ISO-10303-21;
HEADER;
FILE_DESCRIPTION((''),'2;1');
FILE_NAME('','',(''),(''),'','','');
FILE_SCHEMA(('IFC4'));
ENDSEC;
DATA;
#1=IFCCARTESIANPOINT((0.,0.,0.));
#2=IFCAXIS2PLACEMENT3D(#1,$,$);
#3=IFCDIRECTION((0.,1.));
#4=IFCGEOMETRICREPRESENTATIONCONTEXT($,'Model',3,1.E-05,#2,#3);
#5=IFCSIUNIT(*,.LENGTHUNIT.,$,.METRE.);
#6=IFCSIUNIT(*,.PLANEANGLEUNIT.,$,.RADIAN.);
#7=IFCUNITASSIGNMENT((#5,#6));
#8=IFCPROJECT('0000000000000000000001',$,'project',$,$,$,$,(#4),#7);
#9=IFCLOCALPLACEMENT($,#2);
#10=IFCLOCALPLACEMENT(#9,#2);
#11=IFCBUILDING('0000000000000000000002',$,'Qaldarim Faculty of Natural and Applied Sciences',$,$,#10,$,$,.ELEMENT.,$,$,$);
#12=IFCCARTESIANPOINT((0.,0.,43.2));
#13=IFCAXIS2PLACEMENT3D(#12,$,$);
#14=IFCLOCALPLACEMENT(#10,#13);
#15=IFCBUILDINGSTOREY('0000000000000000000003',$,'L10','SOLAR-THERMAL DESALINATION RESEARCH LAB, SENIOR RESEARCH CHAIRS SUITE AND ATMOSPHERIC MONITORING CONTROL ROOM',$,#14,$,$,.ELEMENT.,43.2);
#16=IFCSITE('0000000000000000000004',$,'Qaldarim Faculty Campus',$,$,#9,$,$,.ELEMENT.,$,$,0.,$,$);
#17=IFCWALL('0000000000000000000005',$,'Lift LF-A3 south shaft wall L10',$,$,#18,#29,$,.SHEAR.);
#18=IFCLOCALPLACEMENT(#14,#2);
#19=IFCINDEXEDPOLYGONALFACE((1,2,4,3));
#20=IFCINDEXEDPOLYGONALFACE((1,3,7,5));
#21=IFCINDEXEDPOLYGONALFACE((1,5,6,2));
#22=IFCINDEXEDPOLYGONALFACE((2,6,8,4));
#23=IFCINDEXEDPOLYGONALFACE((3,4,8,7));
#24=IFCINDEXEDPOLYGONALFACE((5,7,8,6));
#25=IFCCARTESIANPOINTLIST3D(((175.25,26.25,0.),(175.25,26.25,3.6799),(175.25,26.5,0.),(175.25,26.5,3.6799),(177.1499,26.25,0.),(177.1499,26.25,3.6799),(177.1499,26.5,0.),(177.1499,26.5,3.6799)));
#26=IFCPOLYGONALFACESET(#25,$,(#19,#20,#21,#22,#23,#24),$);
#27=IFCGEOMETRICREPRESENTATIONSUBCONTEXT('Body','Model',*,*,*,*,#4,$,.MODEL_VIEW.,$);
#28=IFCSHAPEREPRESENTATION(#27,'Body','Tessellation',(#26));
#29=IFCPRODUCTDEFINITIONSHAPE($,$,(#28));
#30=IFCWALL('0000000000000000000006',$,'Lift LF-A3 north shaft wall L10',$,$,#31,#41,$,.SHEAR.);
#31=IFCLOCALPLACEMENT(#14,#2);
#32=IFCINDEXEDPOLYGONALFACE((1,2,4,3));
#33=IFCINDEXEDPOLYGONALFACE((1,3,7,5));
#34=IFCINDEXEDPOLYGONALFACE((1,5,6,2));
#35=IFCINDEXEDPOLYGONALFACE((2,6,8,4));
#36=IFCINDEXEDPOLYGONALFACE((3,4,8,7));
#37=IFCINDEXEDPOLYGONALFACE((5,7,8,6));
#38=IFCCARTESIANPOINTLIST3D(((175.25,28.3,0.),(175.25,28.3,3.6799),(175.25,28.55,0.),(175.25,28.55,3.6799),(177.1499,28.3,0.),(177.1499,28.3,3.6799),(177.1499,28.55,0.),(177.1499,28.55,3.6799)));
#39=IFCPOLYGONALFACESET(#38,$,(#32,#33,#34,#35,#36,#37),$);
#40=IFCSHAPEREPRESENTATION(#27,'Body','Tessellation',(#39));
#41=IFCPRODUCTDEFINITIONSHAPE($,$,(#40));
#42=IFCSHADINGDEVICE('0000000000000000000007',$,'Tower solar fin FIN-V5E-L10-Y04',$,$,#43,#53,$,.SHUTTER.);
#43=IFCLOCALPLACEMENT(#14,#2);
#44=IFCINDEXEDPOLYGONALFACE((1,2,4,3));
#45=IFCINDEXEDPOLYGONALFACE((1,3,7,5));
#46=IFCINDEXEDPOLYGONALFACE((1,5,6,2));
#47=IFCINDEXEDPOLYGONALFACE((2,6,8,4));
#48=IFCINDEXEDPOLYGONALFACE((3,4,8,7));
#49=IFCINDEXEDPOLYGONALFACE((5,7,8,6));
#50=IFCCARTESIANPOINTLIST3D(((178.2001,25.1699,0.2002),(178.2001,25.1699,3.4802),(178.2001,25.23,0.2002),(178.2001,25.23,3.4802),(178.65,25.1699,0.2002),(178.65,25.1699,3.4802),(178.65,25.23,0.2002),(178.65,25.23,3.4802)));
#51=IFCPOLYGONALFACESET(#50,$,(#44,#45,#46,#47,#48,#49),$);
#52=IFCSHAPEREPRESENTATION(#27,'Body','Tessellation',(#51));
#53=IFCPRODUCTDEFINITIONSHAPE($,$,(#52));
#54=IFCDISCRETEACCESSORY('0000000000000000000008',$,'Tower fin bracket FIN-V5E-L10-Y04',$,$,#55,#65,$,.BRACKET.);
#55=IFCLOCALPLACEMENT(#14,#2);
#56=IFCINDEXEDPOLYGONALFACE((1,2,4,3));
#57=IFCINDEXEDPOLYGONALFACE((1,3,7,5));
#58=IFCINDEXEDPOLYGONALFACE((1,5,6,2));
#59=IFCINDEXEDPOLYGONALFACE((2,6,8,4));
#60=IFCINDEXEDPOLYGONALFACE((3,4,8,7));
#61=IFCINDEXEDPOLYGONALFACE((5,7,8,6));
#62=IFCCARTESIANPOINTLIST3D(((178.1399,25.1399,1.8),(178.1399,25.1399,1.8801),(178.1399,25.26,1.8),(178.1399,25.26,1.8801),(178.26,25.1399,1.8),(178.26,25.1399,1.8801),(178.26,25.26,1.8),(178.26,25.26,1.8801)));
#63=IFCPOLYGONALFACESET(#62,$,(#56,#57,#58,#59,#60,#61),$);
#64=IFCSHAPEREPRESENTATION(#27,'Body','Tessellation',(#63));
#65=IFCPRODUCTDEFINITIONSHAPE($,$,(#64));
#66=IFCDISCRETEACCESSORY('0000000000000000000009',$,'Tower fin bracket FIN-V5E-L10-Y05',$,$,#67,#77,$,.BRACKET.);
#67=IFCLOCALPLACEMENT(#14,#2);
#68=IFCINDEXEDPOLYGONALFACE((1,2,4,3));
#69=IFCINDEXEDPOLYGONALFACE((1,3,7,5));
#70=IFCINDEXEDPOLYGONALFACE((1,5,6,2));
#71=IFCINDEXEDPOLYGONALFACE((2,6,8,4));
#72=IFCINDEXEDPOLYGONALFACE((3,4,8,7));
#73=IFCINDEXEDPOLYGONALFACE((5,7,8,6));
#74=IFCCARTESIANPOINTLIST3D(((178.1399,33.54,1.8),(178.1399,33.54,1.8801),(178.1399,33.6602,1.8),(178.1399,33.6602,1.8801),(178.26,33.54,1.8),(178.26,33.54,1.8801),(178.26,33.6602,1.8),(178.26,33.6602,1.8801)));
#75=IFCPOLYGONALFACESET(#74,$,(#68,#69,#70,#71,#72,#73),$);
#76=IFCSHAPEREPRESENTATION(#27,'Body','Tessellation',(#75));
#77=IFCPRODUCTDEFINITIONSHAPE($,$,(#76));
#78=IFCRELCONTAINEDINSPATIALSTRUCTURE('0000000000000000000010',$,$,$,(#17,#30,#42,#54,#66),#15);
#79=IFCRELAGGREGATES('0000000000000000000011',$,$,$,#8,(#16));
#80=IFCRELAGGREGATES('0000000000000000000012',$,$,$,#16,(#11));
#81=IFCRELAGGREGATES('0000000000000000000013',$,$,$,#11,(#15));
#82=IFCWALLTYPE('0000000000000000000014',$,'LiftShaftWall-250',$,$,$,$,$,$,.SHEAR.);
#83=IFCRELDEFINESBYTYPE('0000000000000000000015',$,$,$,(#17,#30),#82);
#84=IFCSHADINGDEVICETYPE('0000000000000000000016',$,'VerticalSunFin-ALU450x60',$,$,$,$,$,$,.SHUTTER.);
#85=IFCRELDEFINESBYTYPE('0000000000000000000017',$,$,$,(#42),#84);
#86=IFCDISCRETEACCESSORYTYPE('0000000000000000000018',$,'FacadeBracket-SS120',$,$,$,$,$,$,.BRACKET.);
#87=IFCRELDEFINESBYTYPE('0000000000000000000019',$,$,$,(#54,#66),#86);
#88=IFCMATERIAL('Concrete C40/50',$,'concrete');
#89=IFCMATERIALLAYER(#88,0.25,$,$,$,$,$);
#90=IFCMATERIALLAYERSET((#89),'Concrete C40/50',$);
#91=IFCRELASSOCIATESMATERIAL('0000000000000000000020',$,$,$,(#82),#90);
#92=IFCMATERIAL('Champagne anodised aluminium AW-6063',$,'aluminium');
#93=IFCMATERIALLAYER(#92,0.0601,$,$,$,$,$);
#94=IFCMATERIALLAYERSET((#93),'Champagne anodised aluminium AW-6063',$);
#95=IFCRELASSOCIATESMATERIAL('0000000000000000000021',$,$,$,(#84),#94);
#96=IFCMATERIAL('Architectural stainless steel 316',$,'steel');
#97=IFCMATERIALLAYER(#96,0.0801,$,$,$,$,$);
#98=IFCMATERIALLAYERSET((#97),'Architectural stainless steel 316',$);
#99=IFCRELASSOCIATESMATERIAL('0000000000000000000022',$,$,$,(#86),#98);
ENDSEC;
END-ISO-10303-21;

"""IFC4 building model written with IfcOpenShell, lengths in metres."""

from ifc_helpers import new_model, si_unit, direction, frame, frame_2d, origin, origin_2d, place, context, subcontext, project, spatial, rectangle, extrude, material, layer, layer_set, type_object, element, save


model = new_model("IFC4")

# Units and contexts
model_context = context("Model", 3, precision=1e-05, world=origin(), true_north=direction((0.0, 1.0)))
body_context = subcontext(model_context, "Body", "Model", "MODEL_VIEW")
ifc_project = project(units=[si_unit("LENGTHUNIT", "METRE"), si_unit("PLANEANGLEUNIT", "RADIAN")], contexts=[model_context])

# Site, building, storey
site_placement = place(None, origin())
site = spatial("IfcSite", under=ifc_project, at=site_placement, Name="Qaldarim Faculty Campus", CompositionType="ELEMENT", RefElevation=0.0)
building_placement = place(site_placement, origin())
building = spatial("IfcBuilding", under=site, at=building_placement, Name="Qaldarim Faculty of Natural and Applied Sciences", CompositionType="ELEMENT")
storey_placement = place(building_placement, frame((0.0, 0.0, 43.2)))
storey = spatial("IfcBuildingStorey", under=building, at=storey_placement, Name="L10", Description="SOLAR-THERMAL DESALINATION RESEARCH LAB, SENIOR RESEARCH CHAIRS SUITE AND ATMOSPHERIC MONITORING CONTROL ROOM", CompositionType="ELEMENT", Elevation=43.2)

# Shared definitions
ifc_material_1 = material(Name="Concrete C40/50", Category="concrete")

# Shared definitions
ifc_layer_1 = layer(ifc_material_1, 0.25)
ifc_layer_set_1 = layer_set([ifc_layer_1], Name="Concrete C40/50")
wall_type_1 = type_object("IfcWallType", Name="LiftShaftWall-250", PredefinedType="SHEAR", material=ifc_layer_set_1)
ifc_material_2 = material(Name="Architectural stainless steel 316", Category="steel")

# Walls
for number, where, z_axis, x_axis, name in (
    (1, (175.25, 26.375, 0.0), (0.0, 0.0, 1.0), (1.0, 0.0, 0.0), "Lift LF-A3 south shaft wall L10"),
    (2, (175.25, 28.425, 0.0), (0.0, 0.0, 1.0), (1.0, 0.0, 0.0), "Lift LF-A3 north shaft wall L10"),
):
    element("IfcWall", number, at=place(storey_placement, frame(where, z_axis=z_axis, x_axis=x_axis)), inside=storey, type_object=wall_type_1, Name=name, PredefinedType="SHEAR", context=body_context, shape_type="SweptSolid", body=[
        extrude(rectangle(XDim=1.8999, YDim=0.25, at=frame_2d((0.95, 0.0))), origin(), (0.0, 0.0, 1.0), 3.6799),
    ])

# Shading device
ifc_material_3 = material(Name="Champagne anodised aluminium AW-6063", Category="aluminium")
ifc_layer_2 = layer(ifc_material_3, 0.0601)
ifc_layer_set_2 = layer_set([ifc_layer_2], Name="Champagne anodised aluminium AW-6063")
shading_device_type = type_object("IfcShadingDeviceType", Name="VerticalSunFin-ALU450x60", PredefinedType="SHUTTER", material=ifc_layer_set_2)
shading_device_placement = place(storey_placement, frame((178.425, 25.2, 0.2002), z_axis=(0.0, 0.0, 1.0), x_axis=(1.0, 0.0, 0.0)))
element("IfcShadingDevice", 3, at=shading_device_placement, inside=storey, type_object=shading_device_type, Name="Tower solar fin FIN-V5E-L10-Y04", PredefinedType="SHUTTER", context=body_context, shape_type="SweptSolid", body=[
    extrude(rectangle(XDim=0.45, YDim=0.0601, at=origin_2d()), origin(), (0.0, 0.0, 1.0), 3.28),
])

# Discrete accessories
ifc_layer_3 = layer(ifc_material_2, 0.0801)
ifc_layer_set_3 = layer_set([ifc_layer_3], Name="Architectural stainless steel 316")
discrete_accessory_type = type_object("IfcDiscreteAccessoryType", Name="FacadeBracket-SS120", PredefinedType="BRACKET", material=ifc_layer_set_3)
for number, where, z_axis, x_axis, name in (
    (4, (178.2, 25.2, 1.8), (0.0, 0.0, 1.0), (1.0, 0.0, 0.0), "Tower fin bracket FIN-V5E-L10-Y04"),
    (5, (178.2, 33.6001, 1.8), (0.0, 0.0, 1.0), (1.0, 0.0, 0.0), "Tower fin bracket FIN-V5E-L10-Y05"),
):
    element("IfcDiscreteAccessory", number, at=place(storey_placement, frame(where, z_axis=z_axis, x_axis=x_axis)), inside=storey, type_object=discrete_accessory_type, Name=name, PredefinedType="BRACKET", context=body_context, shape_type="SweptSolid", body=[
        extrude(rectangle(XDim=0.1201, YDim=0.1201, at=origin_2d()), origin(), (0.0, 0.0, 1.0), 0.0801),
    ])

save(model, "model.ifc")
